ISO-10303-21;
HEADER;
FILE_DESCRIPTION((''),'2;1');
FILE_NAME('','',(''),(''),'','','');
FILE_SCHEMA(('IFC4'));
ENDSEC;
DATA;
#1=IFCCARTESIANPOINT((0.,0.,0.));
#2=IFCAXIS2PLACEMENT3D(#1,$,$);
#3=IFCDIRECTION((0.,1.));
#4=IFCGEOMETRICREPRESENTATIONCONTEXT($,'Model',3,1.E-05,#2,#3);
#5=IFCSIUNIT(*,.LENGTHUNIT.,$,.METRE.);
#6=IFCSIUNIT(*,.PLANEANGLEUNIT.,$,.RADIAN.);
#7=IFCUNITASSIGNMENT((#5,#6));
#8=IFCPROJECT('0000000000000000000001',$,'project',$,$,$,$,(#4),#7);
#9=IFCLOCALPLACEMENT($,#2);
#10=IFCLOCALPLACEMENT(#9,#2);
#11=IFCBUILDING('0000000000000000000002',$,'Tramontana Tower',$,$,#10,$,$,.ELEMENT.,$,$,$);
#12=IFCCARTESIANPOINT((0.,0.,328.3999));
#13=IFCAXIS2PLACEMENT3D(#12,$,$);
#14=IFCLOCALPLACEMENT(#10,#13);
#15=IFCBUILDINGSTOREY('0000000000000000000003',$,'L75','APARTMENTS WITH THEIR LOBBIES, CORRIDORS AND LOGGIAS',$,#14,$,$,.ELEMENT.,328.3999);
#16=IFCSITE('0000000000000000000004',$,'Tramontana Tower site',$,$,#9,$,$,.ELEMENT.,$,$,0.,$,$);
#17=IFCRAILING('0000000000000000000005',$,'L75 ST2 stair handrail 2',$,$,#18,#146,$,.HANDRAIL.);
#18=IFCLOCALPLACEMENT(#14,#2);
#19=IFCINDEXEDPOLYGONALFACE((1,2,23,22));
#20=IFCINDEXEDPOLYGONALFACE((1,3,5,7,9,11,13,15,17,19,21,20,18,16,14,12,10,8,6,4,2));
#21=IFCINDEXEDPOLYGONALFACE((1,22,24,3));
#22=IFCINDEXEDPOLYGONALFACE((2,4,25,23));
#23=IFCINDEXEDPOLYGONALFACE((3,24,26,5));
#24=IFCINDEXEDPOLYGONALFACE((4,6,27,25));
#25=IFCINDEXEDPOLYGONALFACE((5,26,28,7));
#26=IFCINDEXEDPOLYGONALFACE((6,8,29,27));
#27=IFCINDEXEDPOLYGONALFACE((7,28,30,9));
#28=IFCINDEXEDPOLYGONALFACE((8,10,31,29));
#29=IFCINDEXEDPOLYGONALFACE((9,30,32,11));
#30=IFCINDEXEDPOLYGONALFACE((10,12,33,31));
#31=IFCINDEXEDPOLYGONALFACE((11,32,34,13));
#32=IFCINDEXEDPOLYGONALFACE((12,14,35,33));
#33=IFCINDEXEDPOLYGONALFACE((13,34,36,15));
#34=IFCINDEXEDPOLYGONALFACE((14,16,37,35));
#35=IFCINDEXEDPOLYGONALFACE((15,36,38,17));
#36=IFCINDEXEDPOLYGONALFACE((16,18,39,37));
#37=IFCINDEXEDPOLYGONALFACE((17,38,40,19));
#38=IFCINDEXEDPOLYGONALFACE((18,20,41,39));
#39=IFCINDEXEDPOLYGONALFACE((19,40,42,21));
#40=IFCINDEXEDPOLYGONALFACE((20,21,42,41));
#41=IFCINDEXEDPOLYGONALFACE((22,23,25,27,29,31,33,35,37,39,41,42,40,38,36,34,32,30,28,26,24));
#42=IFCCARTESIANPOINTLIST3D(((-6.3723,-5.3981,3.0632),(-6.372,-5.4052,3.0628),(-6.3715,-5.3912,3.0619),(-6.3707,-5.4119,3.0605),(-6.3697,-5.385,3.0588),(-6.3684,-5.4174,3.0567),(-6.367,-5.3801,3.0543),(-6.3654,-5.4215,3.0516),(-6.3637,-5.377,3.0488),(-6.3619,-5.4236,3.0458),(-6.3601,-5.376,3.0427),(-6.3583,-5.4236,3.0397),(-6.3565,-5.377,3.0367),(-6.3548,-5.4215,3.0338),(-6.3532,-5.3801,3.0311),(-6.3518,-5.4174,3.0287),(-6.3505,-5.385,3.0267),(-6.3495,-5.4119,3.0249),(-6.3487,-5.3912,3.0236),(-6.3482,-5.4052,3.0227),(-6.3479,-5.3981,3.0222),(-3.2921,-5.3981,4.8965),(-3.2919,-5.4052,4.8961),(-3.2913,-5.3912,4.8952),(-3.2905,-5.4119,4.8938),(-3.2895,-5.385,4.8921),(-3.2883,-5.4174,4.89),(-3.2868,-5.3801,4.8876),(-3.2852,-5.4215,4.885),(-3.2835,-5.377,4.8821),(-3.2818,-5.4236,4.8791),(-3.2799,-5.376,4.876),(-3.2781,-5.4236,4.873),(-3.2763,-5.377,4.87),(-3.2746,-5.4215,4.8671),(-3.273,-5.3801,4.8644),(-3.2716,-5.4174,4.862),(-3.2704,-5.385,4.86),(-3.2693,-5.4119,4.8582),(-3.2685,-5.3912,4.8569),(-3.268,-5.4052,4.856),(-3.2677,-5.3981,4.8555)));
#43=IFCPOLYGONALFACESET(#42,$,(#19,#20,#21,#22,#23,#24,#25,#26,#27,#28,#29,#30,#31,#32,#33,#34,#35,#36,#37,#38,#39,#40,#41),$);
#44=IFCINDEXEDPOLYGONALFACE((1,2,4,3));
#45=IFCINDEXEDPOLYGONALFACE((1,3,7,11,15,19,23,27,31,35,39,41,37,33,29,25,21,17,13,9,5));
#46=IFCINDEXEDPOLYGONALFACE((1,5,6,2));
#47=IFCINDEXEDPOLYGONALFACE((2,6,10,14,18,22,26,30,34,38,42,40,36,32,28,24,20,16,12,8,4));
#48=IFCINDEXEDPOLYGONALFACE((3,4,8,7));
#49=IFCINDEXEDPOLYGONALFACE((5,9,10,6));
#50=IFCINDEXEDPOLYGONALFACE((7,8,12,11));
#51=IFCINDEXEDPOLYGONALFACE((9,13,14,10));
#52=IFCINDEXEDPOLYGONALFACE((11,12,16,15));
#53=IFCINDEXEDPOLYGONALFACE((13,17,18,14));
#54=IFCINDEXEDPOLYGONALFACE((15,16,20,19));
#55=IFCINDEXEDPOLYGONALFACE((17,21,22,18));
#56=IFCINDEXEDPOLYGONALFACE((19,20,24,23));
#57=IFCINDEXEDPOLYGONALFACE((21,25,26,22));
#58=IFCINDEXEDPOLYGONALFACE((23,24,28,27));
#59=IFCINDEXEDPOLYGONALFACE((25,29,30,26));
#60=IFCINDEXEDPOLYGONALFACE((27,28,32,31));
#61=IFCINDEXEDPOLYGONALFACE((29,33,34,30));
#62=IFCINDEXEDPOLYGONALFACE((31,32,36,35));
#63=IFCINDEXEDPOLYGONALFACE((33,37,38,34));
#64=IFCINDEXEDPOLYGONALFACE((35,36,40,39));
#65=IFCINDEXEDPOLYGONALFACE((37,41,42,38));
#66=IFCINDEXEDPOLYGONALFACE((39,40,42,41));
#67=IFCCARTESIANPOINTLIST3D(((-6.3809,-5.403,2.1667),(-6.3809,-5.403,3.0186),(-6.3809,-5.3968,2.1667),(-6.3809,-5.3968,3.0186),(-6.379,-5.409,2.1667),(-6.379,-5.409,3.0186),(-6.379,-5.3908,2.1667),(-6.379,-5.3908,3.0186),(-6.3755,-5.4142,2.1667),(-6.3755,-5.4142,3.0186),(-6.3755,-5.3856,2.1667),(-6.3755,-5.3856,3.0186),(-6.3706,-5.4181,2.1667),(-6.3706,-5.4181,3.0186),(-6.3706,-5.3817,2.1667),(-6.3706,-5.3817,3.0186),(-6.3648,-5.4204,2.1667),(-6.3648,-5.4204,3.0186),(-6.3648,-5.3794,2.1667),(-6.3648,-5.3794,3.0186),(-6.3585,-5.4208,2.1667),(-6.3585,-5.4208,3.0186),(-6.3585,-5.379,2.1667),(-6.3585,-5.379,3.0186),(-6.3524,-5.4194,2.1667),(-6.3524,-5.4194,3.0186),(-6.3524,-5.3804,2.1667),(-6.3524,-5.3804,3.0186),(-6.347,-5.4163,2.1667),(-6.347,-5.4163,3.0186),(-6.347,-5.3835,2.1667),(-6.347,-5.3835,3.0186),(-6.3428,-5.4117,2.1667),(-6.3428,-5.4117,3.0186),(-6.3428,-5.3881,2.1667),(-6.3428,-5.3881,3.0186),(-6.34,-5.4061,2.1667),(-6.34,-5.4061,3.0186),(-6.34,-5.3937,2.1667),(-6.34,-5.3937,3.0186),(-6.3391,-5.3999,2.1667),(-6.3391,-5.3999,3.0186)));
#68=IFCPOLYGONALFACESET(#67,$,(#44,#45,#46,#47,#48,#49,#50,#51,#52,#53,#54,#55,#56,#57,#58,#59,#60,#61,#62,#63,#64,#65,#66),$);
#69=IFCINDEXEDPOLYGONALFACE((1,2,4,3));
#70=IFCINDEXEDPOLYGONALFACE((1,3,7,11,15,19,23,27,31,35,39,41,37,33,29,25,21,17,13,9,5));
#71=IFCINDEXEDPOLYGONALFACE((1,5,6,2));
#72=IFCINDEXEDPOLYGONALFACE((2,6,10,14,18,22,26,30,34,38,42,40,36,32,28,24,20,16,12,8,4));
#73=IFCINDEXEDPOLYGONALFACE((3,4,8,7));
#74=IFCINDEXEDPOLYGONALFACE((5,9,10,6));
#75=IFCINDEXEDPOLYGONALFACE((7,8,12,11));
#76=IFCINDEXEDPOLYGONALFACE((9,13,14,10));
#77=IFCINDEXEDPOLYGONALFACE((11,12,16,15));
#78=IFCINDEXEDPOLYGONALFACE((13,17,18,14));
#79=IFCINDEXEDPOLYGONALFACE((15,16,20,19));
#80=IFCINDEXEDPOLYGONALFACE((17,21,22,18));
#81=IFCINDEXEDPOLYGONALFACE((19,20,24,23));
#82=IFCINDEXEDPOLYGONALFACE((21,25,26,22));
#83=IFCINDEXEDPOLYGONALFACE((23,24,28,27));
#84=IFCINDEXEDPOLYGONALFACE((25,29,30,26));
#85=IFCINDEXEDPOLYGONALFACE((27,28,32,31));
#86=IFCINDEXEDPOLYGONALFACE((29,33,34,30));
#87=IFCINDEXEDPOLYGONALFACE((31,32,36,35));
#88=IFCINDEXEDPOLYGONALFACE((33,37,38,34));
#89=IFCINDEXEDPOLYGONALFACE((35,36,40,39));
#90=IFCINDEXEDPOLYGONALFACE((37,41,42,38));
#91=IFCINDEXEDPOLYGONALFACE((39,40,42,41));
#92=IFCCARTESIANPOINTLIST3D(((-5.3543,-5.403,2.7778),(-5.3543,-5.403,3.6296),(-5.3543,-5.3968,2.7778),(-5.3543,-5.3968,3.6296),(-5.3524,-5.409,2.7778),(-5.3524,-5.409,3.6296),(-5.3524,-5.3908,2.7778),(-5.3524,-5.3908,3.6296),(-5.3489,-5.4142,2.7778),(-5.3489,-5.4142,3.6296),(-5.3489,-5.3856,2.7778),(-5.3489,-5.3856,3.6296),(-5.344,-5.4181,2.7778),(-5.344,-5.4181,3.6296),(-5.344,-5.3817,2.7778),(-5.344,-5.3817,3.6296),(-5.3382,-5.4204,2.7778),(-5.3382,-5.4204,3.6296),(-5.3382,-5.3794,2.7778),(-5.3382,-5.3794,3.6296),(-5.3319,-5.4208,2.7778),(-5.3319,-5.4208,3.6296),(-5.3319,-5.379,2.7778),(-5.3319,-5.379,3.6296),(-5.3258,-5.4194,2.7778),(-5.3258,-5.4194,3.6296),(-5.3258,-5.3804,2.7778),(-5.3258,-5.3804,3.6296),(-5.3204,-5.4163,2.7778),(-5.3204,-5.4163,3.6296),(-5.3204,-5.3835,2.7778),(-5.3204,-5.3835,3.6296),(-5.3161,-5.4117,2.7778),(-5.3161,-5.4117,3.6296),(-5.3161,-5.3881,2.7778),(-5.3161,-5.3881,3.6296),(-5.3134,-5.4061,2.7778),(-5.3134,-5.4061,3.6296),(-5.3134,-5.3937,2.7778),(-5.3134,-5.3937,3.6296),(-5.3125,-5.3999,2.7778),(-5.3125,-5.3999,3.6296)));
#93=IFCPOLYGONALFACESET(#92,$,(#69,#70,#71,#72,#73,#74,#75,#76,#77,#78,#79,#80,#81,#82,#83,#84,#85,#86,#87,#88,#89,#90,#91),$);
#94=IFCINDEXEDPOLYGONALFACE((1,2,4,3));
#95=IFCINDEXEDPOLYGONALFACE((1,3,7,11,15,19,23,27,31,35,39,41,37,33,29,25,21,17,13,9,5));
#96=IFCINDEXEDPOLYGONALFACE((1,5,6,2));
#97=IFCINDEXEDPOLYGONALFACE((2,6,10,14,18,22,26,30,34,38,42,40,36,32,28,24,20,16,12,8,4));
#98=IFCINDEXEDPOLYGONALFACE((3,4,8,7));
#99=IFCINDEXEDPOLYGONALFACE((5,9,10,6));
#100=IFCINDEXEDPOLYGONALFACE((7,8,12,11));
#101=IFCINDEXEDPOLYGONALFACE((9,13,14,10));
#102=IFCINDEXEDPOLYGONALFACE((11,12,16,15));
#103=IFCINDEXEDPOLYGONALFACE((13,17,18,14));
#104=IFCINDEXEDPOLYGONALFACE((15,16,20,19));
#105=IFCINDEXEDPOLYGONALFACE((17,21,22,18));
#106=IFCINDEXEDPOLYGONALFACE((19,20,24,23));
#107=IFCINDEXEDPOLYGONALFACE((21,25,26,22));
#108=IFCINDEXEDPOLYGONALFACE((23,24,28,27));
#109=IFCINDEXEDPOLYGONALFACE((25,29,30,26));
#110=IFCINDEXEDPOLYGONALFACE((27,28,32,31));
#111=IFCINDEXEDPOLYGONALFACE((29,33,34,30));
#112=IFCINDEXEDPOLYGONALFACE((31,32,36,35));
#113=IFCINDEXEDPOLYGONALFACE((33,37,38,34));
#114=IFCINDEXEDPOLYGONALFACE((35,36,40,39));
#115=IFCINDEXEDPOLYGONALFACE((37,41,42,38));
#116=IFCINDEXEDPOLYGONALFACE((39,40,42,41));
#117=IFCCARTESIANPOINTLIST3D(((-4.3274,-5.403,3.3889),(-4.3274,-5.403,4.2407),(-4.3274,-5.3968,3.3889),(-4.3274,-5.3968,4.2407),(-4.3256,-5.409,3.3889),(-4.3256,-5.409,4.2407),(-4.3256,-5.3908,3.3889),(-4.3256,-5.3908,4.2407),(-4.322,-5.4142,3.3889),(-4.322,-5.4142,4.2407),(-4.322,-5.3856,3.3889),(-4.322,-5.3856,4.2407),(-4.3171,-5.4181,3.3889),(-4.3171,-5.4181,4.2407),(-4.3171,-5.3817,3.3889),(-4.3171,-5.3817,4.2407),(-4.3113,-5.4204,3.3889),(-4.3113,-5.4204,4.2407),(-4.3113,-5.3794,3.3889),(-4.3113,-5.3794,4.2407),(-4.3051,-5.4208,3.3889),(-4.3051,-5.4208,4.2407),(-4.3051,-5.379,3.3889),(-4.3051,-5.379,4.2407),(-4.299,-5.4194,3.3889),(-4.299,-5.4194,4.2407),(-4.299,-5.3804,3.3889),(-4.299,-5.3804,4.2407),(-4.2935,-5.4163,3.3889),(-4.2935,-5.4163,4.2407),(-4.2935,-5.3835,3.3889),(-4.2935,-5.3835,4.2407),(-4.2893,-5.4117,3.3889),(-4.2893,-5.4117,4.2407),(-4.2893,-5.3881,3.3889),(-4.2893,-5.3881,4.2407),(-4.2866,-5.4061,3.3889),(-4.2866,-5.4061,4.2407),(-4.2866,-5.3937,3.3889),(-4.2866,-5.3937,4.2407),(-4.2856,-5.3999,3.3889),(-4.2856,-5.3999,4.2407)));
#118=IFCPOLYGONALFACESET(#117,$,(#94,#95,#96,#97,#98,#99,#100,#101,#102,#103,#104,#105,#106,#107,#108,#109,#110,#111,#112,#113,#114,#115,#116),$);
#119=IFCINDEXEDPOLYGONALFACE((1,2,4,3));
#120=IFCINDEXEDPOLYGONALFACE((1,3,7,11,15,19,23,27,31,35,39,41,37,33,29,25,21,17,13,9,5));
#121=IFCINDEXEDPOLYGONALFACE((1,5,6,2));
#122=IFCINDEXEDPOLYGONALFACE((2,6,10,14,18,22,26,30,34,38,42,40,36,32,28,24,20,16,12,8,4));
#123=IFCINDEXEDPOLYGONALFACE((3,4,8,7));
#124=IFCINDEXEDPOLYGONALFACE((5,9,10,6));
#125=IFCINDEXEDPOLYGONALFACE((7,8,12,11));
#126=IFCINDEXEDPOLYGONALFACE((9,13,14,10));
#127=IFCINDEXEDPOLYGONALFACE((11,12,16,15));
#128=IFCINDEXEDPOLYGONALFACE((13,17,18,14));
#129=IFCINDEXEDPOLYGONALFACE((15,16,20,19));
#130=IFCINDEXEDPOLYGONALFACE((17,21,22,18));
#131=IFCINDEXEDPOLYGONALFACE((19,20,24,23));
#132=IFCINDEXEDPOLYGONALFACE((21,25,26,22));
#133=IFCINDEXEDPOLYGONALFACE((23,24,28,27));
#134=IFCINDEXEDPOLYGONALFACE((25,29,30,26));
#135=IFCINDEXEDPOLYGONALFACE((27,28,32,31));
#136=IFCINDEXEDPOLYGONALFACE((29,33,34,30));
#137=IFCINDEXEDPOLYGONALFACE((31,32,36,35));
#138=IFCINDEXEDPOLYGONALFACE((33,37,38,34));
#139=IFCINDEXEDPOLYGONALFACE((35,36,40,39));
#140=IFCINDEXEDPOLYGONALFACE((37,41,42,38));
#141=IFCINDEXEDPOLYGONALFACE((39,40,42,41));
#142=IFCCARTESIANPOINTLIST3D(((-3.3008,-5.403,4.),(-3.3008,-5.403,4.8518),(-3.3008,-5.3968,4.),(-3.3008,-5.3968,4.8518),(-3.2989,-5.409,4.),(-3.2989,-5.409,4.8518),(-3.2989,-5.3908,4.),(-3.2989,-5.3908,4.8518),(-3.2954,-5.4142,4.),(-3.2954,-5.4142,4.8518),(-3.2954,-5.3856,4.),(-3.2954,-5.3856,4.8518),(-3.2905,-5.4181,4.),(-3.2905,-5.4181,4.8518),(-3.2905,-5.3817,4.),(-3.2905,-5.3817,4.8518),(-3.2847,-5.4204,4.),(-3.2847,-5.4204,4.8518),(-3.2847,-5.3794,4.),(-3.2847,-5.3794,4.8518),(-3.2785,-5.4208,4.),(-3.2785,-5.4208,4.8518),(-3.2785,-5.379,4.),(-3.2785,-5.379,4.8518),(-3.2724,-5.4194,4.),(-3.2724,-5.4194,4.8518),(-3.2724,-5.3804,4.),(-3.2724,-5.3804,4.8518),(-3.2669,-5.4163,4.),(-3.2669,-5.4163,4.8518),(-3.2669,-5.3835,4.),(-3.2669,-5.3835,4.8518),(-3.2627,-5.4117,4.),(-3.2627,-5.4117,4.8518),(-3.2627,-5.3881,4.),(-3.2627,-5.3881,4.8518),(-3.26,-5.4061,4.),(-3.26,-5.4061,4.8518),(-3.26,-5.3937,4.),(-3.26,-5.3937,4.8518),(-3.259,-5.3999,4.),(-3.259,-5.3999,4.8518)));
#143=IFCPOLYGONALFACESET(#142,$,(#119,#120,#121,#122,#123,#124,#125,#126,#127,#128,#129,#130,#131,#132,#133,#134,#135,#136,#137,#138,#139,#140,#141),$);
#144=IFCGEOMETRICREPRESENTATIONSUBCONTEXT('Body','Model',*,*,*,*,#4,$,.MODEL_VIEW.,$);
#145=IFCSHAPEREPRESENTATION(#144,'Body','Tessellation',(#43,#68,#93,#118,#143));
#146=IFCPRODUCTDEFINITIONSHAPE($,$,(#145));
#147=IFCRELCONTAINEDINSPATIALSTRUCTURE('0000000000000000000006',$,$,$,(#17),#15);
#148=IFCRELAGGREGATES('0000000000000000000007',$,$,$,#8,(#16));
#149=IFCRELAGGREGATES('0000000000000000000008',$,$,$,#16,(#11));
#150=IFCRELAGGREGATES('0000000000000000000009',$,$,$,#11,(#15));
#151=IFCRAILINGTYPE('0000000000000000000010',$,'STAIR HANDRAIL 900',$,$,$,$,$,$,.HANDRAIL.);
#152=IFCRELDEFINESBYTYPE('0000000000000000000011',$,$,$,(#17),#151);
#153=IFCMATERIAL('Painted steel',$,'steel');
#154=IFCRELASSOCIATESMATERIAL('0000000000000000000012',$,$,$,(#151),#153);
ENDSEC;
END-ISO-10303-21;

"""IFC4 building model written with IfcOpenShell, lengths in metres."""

from ifc_helpers import new_model, si_unit, direction, frame, origin, origin_2d, place, context, subcontext, project, spatial, circle, extrude, material, type_object, element, save


model = new_model("IFC4")

# Units and contexts
model_context = context("Model", 3, precision=1e-05, world=origin(), true_north=direction((0.0, 1.0)))
body_context = subcontext(model_context, "Body", "Model", "MODEL_VIEW")
ifc_project = project(units=[si_unit("LENGTHUNIT", "METRE"), si_unit("PLANEANGLEUNIT", "RADIAN")], contexts=[model_context])

# Site, building, storey
site_placement = place(None, origin())
site = spatial("IfcSite", under=ifc_project, at=site_placement, Name="Tramontana Tower site", CompositionType="ELEMENT", RefElevation=0.0)
building_placement = place(site_placement, origin())
building = spatial("IfcBuilding", under=site, at=building_placement, Name="Tramontana Tower", CompositionType="ELEMENT")
storey_placement = place(building_placement, frame((0.0, 0.0, 328.3999)))
storey = spatial("IfcBuildingStorey", under=building, at=storey_placement, Name="L75", Description="APARTMENTS WITH THEIR LOBBIES, CORRIDORS AND LOGGIAS", CompositionType="ELEMENT", Elevation=328.3999)

# Railing
ifc_material_1 = material(Name="Painted steel", Category="steel")
railing_type_1 = type_object("IfcRailingType", Name="STAIR HANDRAIL 900", PredefinedType="HANDRAIL", material=ifc_material_1)
railing_1_placement = place(storey_placement, frame((-6.3601, -5.3999, 2.1667)))
element("IfcRailing", 1, at=railing_1_placement, inside=storey, type_object=railing_type_1, Name="L75 ST2 stair handrail 2", PredefinedType="HANDRAIL", context=body_context, shape_type="SweptSolid", body=[
    extrude(circle(Radius=0.0239, at=origin_2d()), frame((0.0, 0.0, 0.876), z_axis=(0.859309, 0.0, 0.511458), x_axis=(0.0, 1.0, 0.0)), (0.0, 0.0, 1.0), 3.5845),
    extrude(circle(Radius=0.021, at=origin_2d()), origin(), (0.0, 0.0, 1.0), 0.8518),
    extrude(circle(Radius=0.021, at=origin_2d()), frame((1.0266, 0.0, 0.6111)), (0.0, 0.0, 1.0), 0.8518),
    extrude(circle(Radius=0.021, at=origin_2d()), frame((2.0535, 0.0, 1.2222)), (0.0, 0.0, 1.0), 0.8518),
    extrude(circle(Radius=0.021, at=origin_2d()), frame((3.0801, 0.0, 1.8333)), (0.0, 0.0, 1.0), 0.8518),
])

save(model, "model.ifc")
